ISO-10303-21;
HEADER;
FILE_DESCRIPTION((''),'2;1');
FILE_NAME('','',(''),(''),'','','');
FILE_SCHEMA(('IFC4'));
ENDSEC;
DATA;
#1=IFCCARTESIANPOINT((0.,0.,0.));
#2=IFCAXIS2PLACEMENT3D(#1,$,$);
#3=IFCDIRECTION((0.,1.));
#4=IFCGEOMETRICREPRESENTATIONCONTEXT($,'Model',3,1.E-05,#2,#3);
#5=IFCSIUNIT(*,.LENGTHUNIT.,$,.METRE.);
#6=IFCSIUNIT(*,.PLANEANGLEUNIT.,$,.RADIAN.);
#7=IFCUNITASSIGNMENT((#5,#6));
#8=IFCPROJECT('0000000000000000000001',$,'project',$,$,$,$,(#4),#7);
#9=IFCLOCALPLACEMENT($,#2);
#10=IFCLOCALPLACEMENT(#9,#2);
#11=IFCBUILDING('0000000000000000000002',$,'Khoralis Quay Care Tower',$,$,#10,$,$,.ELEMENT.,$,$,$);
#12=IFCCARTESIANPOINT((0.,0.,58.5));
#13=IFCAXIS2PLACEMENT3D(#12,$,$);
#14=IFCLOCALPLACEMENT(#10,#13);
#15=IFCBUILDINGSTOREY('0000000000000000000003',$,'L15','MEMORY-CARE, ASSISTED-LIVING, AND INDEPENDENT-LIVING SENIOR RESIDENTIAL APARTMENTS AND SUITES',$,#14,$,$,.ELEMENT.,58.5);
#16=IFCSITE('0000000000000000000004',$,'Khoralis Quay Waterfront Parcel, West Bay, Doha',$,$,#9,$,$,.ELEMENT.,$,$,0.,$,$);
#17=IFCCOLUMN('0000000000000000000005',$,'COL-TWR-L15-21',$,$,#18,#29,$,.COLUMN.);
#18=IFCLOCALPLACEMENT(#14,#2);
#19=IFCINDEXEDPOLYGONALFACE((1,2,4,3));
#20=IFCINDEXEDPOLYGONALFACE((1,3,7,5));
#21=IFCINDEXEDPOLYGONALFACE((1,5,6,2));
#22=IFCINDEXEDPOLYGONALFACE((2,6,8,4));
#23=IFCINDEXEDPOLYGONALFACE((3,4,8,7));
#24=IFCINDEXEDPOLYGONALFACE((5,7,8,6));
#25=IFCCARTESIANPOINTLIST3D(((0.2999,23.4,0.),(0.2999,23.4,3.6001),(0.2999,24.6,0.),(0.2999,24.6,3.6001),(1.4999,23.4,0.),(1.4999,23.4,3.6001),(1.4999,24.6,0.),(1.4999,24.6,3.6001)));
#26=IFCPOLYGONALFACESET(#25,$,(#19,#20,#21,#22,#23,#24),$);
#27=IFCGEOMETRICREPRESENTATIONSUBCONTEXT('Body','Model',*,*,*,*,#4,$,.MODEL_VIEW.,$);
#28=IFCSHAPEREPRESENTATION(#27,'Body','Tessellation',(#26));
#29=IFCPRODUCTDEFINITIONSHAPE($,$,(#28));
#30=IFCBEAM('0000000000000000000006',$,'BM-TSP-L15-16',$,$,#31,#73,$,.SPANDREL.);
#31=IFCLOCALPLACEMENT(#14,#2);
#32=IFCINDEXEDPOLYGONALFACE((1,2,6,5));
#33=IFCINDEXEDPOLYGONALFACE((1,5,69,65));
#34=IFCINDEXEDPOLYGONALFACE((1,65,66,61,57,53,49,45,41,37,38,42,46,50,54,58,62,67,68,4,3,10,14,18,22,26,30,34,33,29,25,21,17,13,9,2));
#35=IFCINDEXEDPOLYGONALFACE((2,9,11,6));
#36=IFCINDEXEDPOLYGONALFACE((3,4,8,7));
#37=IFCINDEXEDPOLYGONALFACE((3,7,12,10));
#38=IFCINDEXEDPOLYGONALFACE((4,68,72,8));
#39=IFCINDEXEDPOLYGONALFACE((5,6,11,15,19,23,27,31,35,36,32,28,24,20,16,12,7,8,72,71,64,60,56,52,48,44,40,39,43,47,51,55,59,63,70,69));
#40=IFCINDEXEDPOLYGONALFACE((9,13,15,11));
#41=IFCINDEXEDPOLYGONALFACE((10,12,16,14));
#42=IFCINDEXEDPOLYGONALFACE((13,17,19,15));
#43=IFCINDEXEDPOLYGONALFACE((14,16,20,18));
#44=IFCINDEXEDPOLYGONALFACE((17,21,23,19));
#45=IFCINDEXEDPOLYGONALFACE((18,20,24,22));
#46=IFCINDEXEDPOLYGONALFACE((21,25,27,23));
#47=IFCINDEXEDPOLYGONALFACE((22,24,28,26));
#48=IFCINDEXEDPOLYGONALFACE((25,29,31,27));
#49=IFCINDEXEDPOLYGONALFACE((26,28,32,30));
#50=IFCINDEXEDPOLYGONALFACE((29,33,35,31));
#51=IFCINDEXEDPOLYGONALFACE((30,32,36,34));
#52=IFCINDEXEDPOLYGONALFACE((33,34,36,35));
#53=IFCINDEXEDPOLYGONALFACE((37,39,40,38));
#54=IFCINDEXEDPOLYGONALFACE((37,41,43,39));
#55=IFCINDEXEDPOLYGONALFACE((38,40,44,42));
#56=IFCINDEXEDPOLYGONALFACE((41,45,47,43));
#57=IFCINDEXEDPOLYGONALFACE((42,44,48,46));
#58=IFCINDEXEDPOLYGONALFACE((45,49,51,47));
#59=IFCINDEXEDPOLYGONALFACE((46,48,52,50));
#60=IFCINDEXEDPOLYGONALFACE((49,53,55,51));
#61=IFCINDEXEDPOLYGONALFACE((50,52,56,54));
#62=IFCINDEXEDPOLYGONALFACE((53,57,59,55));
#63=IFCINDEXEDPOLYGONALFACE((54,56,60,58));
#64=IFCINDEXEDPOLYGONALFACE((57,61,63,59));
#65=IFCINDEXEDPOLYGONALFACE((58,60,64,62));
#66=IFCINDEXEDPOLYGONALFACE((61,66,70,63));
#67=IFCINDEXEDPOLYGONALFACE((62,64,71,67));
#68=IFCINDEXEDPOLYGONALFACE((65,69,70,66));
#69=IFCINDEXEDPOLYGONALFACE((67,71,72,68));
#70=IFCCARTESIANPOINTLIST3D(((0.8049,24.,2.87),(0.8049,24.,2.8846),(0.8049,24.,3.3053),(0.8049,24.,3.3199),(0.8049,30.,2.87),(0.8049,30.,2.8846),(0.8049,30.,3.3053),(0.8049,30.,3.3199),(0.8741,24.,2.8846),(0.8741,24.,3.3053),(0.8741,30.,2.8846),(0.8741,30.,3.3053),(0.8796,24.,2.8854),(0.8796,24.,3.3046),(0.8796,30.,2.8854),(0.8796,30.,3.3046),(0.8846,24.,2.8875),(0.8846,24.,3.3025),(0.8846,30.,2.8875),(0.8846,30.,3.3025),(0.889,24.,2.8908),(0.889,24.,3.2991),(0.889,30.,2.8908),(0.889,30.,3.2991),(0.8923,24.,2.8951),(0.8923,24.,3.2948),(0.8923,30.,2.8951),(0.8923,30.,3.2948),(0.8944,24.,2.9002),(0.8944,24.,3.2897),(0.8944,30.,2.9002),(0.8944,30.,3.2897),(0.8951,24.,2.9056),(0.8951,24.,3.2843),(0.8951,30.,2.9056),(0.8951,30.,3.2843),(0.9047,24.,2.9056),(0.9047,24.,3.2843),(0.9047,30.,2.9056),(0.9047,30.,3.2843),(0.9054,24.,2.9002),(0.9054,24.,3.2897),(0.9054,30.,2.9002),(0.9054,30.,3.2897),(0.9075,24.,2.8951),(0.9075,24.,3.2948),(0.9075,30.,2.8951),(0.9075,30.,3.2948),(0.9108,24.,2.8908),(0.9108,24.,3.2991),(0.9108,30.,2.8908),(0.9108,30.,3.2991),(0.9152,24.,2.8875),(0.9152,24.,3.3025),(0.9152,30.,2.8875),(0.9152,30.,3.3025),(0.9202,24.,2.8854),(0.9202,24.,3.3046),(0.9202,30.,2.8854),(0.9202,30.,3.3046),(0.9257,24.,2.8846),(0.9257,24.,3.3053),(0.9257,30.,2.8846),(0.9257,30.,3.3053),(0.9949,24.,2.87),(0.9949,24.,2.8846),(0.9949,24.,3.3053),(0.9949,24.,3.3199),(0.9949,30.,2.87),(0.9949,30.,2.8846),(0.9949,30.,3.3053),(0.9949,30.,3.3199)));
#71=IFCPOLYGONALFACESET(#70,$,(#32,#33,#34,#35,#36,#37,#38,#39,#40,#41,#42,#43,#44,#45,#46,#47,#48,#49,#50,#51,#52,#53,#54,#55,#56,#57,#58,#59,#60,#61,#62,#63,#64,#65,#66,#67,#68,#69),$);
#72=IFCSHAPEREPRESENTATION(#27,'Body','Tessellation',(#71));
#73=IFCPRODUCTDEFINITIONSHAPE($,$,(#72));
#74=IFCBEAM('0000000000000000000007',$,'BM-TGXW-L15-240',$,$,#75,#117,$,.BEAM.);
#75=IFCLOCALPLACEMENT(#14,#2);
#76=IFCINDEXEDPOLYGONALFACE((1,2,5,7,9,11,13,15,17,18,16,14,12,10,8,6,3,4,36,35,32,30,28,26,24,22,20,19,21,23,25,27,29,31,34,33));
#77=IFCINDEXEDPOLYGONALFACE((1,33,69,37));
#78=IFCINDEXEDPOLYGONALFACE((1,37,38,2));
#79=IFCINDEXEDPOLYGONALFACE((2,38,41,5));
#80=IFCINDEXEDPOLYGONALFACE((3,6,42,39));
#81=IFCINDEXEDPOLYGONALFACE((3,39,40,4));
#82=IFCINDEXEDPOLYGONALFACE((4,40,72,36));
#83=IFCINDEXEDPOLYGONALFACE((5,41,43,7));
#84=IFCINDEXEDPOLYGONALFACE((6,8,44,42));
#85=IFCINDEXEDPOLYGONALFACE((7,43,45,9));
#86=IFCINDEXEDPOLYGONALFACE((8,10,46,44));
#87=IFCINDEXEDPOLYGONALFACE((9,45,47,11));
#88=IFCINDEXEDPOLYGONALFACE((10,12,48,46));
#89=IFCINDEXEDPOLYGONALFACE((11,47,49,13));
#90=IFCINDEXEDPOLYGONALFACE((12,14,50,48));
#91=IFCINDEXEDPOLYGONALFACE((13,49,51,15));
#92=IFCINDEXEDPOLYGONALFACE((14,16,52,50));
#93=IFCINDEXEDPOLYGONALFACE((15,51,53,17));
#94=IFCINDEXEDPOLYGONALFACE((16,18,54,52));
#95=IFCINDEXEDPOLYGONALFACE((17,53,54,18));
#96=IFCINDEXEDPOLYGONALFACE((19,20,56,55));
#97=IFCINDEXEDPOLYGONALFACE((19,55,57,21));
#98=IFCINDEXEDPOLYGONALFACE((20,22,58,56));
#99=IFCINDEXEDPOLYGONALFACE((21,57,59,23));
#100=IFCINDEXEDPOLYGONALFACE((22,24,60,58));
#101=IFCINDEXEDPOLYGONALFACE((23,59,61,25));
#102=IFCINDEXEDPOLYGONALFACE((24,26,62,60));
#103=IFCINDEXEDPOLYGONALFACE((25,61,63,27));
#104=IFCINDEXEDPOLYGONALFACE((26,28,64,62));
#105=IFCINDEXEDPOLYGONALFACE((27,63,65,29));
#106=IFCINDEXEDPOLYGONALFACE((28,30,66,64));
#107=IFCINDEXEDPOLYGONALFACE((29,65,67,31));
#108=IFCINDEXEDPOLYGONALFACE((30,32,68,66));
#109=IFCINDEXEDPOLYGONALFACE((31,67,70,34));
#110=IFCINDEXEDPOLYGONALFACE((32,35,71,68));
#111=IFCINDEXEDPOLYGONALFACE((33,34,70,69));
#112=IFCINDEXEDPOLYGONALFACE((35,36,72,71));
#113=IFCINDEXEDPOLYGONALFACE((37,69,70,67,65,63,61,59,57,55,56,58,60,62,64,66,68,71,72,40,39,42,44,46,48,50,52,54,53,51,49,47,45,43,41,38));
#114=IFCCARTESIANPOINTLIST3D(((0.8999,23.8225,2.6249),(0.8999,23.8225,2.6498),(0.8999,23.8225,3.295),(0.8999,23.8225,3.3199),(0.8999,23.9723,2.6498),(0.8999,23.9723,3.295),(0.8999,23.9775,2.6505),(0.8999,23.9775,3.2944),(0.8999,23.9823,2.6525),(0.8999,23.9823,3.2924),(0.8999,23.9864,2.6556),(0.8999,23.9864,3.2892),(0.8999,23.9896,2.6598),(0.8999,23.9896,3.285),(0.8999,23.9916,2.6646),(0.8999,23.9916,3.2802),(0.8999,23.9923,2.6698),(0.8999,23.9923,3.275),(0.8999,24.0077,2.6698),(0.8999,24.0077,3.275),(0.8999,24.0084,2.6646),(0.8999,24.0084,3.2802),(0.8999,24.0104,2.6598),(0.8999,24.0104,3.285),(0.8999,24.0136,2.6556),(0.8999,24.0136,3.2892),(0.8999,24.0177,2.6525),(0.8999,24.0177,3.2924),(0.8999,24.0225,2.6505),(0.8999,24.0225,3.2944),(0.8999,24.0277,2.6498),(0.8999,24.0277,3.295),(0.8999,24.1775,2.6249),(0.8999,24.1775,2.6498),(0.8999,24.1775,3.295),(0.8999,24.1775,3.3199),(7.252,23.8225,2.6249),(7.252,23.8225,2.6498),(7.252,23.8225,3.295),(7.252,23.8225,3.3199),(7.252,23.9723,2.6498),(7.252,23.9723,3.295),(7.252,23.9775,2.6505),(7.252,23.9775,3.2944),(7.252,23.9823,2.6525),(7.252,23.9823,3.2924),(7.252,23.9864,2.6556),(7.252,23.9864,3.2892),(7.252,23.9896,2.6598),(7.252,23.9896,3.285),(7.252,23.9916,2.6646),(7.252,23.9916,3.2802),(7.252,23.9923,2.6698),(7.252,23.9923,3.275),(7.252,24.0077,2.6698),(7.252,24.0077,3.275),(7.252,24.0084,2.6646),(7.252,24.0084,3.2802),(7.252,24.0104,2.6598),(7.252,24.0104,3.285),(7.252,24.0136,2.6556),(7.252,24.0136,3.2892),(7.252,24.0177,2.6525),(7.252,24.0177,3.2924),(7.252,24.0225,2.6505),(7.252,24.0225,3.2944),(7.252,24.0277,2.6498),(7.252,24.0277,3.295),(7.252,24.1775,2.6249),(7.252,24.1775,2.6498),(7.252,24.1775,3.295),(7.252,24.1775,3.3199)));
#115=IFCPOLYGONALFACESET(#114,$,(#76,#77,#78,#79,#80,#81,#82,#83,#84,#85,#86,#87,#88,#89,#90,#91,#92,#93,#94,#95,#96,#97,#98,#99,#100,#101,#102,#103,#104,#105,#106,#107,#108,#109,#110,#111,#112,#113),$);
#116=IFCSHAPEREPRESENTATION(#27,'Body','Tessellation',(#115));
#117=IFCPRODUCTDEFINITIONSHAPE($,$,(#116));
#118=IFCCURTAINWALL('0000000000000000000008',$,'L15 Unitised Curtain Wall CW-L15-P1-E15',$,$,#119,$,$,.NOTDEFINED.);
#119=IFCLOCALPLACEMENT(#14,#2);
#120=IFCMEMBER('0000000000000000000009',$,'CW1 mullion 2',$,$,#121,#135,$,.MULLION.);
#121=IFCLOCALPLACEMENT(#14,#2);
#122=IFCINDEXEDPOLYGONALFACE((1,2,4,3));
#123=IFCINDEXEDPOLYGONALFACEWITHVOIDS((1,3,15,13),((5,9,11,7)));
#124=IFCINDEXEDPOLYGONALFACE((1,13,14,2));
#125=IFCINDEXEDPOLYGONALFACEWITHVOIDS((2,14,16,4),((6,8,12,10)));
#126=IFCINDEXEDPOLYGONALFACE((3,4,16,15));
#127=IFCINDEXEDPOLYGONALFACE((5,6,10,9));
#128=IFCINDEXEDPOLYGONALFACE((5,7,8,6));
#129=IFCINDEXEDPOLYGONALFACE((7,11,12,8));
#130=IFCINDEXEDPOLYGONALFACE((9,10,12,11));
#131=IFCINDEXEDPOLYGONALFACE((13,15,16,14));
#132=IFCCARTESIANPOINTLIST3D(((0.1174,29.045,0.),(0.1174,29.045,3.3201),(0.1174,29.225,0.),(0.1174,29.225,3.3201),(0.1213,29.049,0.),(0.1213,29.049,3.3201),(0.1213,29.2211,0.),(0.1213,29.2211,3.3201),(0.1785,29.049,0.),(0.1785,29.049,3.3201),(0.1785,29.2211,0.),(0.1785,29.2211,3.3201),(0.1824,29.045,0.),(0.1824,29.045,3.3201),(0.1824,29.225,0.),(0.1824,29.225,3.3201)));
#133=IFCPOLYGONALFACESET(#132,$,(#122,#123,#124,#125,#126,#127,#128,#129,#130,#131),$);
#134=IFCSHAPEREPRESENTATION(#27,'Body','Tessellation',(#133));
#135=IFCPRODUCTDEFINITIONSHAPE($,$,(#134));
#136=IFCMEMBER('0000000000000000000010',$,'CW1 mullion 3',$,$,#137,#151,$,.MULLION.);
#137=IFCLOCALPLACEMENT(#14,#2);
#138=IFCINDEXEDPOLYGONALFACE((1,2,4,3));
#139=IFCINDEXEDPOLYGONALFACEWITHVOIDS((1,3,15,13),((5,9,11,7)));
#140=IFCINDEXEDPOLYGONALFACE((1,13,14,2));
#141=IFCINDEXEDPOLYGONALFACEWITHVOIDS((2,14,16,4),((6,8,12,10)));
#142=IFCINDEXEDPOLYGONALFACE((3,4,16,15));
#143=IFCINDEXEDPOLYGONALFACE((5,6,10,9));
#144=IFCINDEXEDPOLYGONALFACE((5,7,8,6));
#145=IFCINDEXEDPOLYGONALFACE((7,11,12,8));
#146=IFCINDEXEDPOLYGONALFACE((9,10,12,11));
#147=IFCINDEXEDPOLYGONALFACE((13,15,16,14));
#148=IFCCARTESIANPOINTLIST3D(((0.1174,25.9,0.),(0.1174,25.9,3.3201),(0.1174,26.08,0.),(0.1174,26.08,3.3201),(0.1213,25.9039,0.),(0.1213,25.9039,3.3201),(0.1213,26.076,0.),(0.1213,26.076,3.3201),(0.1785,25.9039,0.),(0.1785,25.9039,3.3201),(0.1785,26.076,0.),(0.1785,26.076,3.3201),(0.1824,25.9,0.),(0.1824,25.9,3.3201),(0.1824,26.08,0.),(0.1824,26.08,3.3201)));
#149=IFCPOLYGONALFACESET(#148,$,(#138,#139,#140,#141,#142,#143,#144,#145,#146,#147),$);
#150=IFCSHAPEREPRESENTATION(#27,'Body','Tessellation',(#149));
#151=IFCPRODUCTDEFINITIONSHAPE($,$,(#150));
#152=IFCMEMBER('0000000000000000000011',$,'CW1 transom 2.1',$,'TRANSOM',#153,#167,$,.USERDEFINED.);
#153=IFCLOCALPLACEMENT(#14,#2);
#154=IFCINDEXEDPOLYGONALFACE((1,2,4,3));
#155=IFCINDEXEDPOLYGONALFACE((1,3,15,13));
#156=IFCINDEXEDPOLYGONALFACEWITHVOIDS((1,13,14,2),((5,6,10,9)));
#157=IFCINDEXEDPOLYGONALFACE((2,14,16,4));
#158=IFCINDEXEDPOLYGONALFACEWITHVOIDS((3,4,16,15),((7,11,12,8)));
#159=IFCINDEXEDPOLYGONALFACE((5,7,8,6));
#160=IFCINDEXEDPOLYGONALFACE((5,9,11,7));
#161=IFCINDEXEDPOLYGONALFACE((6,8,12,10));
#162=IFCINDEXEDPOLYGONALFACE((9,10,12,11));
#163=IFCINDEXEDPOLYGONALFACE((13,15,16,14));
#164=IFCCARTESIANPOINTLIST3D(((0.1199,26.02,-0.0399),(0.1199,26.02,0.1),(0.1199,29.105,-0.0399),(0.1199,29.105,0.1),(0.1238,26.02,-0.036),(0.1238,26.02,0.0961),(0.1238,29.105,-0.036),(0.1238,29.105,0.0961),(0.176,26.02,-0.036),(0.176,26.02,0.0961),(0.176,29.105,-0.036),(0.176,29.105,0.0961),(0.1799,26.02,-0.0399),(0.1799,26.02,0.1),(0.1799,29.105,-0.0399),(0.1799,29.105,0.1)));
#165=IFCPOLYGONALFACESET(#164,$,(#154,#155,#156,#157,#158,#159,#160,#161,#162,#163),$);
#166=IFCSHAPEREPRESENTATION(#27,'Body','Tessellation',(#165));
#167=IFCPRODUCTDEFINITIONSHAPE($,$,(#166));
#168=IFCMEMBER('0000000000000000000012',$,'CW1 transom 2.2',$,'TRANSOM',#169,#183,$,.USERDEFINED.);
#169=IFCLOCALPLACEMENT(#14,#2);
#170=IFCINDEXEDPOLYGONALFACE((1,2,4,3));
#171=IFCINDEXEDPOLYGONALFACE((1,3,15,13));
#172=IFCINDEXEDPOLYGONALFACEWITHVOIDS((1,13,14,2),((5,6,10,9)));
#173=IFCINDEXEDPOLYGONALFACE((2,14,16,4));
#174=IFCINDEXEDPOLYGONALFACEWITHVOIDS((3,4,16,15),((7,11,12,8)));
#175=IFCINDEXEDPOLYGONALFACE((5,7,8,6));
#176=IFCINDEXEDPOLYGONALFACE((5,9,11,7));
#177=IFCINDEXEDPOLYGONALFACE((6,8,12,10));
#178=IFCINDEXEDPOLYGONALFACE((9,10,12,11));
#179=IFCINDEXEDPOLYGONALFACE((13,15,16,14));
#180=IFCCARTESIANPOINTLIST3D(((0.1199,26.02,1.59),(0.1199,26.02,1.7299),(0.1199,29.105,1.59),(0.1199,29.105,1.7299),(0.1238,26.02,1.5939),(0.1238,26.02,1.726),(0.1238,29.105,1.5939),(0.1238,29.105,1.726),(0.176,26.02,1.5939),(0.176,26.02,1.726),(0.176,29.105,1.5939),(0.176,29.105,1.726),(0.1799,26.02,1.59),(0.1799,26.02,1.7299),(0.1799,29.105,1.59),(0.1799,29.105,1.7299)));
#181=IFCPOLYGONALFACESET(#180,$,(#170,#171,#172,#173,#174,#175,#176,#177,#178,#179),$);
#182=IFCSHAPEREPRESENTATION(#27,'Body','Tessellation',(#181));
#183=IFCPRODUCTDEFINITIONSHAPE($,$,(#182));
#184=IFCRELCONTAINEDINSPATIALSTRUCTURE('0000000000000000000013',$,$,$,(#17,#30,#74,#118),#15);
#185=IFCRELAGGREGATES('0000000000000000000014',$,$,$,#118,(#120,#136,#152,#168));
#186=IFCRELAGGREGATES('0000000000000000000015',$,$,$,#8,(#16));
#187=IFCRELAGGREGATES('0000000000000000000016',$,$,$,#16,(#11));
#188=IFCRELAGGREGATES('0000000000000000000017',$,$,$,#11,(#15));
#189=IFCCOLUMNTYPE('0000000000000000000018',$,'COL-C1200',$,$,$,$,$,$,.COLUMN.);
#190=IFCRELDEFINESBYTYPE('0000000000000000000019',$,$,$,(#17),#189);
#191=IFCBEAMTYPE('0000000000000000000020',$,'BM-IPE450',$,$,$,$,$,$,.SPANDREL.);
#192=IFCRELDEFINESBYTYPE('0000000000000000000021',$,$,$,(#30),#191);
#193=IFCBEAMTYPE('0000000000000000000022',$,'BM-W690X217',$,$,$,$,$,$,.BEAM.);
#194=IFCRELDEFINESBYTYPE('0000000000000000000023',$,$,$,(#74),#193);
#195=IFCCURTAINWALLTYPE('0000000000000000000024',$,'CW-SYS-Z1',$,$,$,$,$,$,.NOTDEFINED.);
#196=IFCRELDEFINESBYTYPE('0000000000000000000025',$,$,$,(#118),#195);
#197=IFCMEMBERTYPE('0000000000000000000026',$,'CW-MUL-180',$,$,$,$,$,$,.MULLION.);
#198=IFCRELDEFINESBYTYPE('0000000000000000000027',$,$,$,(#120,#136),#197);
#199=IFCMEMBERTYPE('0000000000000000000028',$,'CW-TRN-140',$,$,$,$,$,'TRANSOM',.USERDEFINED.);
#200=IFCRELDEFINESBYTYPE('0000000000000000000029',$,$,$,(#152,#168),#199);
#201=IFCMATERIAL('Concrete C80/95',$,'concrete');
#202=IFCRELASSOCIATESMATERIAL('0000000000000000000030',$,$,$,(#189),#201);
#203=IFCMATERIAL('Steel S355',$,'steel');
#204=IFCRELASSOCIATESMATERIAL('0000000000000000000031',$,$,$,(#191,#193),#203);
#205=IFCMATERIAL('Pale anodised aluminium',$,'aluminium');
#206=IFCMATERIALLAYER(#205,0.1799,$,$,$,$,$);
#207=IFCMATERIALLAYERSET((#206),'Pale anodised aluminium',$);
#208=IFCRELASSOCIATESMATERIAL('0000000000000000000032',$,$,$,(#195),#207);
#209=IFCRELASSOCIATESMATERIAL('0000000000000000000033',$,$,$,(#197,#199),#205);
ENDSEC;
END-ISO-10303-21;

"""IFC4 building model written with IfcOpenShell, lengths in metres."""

from ifc_helpers import new_model, si_unit, direction, frame, origin, origin_2d, place, context, subcontext, project, spatial, rectangle, hollow_rectangle, i_section, extrude, source, transform, mapped, material, layer, layer_set, material_profile, profile_set, type_object, element, aggregate, save


model = new_model("IFC4")

# Units and contexts
model_context = context("Model", 3, precision=1e-05, world=origin(), true_north=direction((0.0, 1.0)))
body_context = subcontext(model_context, "Body", "Model", "MODEL_VIEW")
ifc_project = project(units=[si_unit("LENGTHUNIT", "METRE"), si_unit("PLANEANGLEUNIT", "RADIAN")], contexts=[model_context])

# Site, building, storey
site_placement = place(None, origin())
site = spatial("IfcSite", under=ifc_project, at=site_placement, Name="Khoralis Quay Waterfront Parcel, West Bay, Doha", CompositionType="ELEMENT", RefElevation=0.0)
building_placement = place(site_placement, origin())
building = spatial("IfcBuilding", under=site, at=building_placement, Name="Khoralis Quay Care Tower", CompositionType="ELEMENT")
storey_placement = place(building_placement, frame((0.0, 0.0, 58.5)))
storey = spatial("IfcBuildingStorey", under=building, at=storey_placement, Name="L15", Description="MEMORY-CARE, ASSISTED-LIVING, AND INDEPENDENT-LIVING SENIOR RESIDENTIAL APARTMENTS AND SUITES", CompositionType="ELEMENT", Elevation=58.5)

# Column
ifc_material_1 = material(Name="Concrete C80/95", Category="concrete")
ifc_material_profile_1 = material_profile(ifc_material_1, rectangle(XDim=1.2, YDim=1.2, at=origin_2d()), Name="Concrete C80/95")
ifc_profile_set_1 = profile_set([ifc_material_profile_1], Name="Concrete C80/95")
column_type = type_object("IfcColumnType", Name="COL-C1200", PredefinedType="COLUMN", material=ifc_profile_set_1)
shared_shape_1 = source(origin(), body_context, "Body", "SweptSolid", [
    extrude(rectangle(XDim=1.2, YDim=1.2, at=origin_2d()), origin(), (0.0, 0.0, 1.0), 3.6001),
])
column_placement = place(storey_placement, frame((0.8999, 24.0, 0.0), z_axis=(0.0, 0.0, 1.0), x_axis=(1.0, 0.0, 0.0)))
element("IfcColumn", 1, at=column_placement, inside=storey, type_object=column_type, Name="COL-TWR-L15-21", PredefinedType="COLUMN", context=body_context, shape_type="MappedRepresentation", body=[
    mapped(shared_shape_1, transform((0.0, 0.0, 0.0), scale=1.0)),
])

# Beams
ifc_material_2 = material(Name="Steel S355", Category="steel")
ifc_material_profile_2 = material_profile(ifc_material_2, i_section(OverallWidth=0.1899, OverallDepth=0.45, WebThickness=0.0095, FlangeThickness=0.0146, FilletRadius=0.021, at=origin_2d()), Name="Steel S355")
ifc_profile_set_2 = profile_set([ifc_material_profile_2], Name="Steel S355")
beam_type_1 = type_object("IfcBeamType", Name="BM-IPE450", PredefinedType="SPANDREL", material=ifc_profile_set_2)
shared_shape_2 = source(origin(), body_context, "Body", "SweptSolid", [
    extrude(i_section(OverallWidth=0.1899, OverallDepth=0.45, WebThickness=0.0095, FlangeThickness=0.0146, FilletRadius=0.021, at=origin_2d()), origin(), (0.0, 0.0, 1.0), 6.0),
])
beam_1_placement = place(storey_placement, frame((0.8999, 24.0, 3.095), z_axis=(0.0, 1.0, 0.0), x_axis=(-1.0, 0.0, 0.0)))
element("IfcBeam", 2, at=beam_1_placement, inside=storey, type_object=beam_type_1, Name="BM-TSP-L15-16", PredefinedType="SPANDREL", context=body_context, shape_type="MappedRepresentation", body=[
    mapped(shared_shape_2, transform((0.0, 0.0, 0.0), scale=1.0)),
])
ifc_material_profile_3 = material_profile(ifc_material_2, i_section(OverallWidth=0.355, OverallDepth=0.6951, WebThickness=0.0154, FlangeThickness=0.0249, FilletRadius=0.02, at=origin_2d()), Name="Steel S355")
ifc_profile_set_3 = profile_set([ifc_material_profile_3], Name="Steel S355")
beam_type_2 = type_object("IfcBeamType", Name="BM-W690X217", PredefinedType="BEAM", material=ifc_profile_set_3)
shared_shape_3 = source(origin(), body_context, "Body", "SweptSolid", [
    extrude(i_section(OverallWidth=0.355, OverallDepth=0.6951, WebThickness=0.0154, FlangeThickness=0.0249, FilletRadius=0.02, at=origin_2d()), origin(), (0.0, 0.0, 1.0), 6.3521),
])
beam_2_placement = place(storey_placement, frame((0.8999, 24.0, 2.9724), z_axis=(1.0, 0.0, 0.0), x_axis=(0.0, 1.0, 0.0)))
element("IfcBeam", 3, at=beam_2_placement, inside=storey, type_object=beam_type_2, Name="BM-TGXW-L15-240", PredefinedType="BEAM", context=body_context, shape_type="MappedRepresentation", body=[
    mapped(shared_shape_3, transform((0.0, 0.0, 0.0), scale=1.0)),
])

# Curtain wall, members
ifc_material_3 = material(Name="Pale anodised aluminium", Category="aluminium")
ifc_layer_1 = layer(ifc_material_3, 0.1799)
ifc_layer_set_1 = layer_set([ifc_layer_1], Name="Pale anodised aluminium")
curtain_wall_type = type_object("IfcCurtainWallType", Name="CW-SYS-Z1", PredefinedType="NOTDEFINED", material=ifc_layer_set_1)
curtain_wall_placement = place(storey_placement, origin())
curtain_wall = element("IfcCurtainWall", 4, at=curtain_wall_placement, inside=storey, type_object=curtain_wall_type, Name="L15 Unitised Curtain Wall CW-L15-P1-E15", PredefinedType="NOTDEFINED")
ifc_material_profile_4 = material_profile(ifc_material_3, hollow_rectangle(XDim=0.0649, YDim=0.1799, WallThickness=0.0039, at=origin_2d()), Name="Pale anodised aluminium")
ifc_profile_set_4 = profile_set([ifc_material_profile_4], Name="Pale anodised aluminium")
member_type_1 = type_object("IfcMemberType", Name="CW-MUL-180", PredefinedType="MULLION", material=ifc_profile_set_4)
shared_shape_4 = source(origin(), body_context, "Body", "SweptSolid", [
    extrude(hollow_rectangle(XDim=0.0649, YDim=0.1799, WallThickness=0.0039, at=origin_2d()), origin(), (0.0, 0.0, 1.0), 3.3201),
])
member_1_placement = place(storey_placement, frame((0.1499, 29.135, 0.0), z_axis=(0.0, 0.0, 1.0), x_axis=(1.0, 0.0, 0.0)))
member_1 = element("IfcMember", 5, at=member_1_placement, type_object=member_type_1, Name="CW1 mullion 2", PredefinedType="MULLION", context=body_context, shape_type="MappedRepresentation", body=[
    mapped(shared_shape_4, transform((0.0, 0.0, 0.0), scale=1.0)),
])
member_2_placement = place(storey_placement, frame((0.1499, 25.99, 0.0), z_axis=(0.0, 0.0, 1.0), x_axis=(1.0, 0.0, 0.0)))
member_2 = element("IfcMember", 6, at=member_2_placement, type_object=member_type_1, Name="CW1 mullion 3", PredefinedType="MULLION", context=body_context, shape_type="MappedRepresentation", body=[
    mapped(shared_shape_4, transform((0.0, 0.0, 0.0), scale=1.0)),
])
ifc_material_profile_5 = material_profile(ifc_material_3, hollow_rectangle(XDim=0.0601, YDim=0.1399, WallThickness=0.0039, at=origin_2d()), Name="Pale anodised aluminium")
ifc_profile_set_5 = profile_set([ifc_material_profile_5], Name="Pale anodised aluminium")
member_type_2 = type_object("IfcMemberType", Name="CW-TRN-140", ElementType="TRANSOM", PredefinedType="USERDEFINED", material=ifc_profile_set_5)
shared_shape_5 = source(origin(), body_context, "Body", "SweptSolid", [
    extrude(hollow_rectangle(XDim=0.0601, YDim=0.1399, WallThickness=0.0039, at=origin_2d()), origin(), (0.0, 0.0, 1.0), 3.085),
])
member_3_placement = place(storey_placement, frame((0.1499, 29.105, 0.03), z_axis=(0.0, -1.0, 0.0), x_axis=(1.0, 0.0, 0.0)))
member_3 = element("IfcMember", 7, at=member_3_placement, type_object=member_type_2, Name="CW1 transom 2.1", ObjectType="TRANSOM", PredefinedType="USERDEFINED", context=body_context, shape_type="MappedRepresentation", body=[
    mapped(shared_shape_5, transform((0.0, 0.0, 0.0), scale=1.0)),
])
member_4_placement = place(storey_placement, frame((0.1499, 29.105, 1.6599), z_axis=(0.0, -1.0, 0.0), x_axis=(1.0, 0.0, 0.0)))
member_4 = element("IfcMember", 8, at=member_4_placement, type_object=member_type_2, Name="CW1 transom 2.2", ObjectType="TRANSOM", PredefinedType="USERDEFINED", context=body_context, shape_type="MappedRepresentation", body=[
    mapped(shared_shape_5, transform((0.0, 0.0, 0.0), scale=1.0)),
])
aggregate(curtain_wall, [member_1, member_2, member_3, member_4])

save(model, "model.ifc")
